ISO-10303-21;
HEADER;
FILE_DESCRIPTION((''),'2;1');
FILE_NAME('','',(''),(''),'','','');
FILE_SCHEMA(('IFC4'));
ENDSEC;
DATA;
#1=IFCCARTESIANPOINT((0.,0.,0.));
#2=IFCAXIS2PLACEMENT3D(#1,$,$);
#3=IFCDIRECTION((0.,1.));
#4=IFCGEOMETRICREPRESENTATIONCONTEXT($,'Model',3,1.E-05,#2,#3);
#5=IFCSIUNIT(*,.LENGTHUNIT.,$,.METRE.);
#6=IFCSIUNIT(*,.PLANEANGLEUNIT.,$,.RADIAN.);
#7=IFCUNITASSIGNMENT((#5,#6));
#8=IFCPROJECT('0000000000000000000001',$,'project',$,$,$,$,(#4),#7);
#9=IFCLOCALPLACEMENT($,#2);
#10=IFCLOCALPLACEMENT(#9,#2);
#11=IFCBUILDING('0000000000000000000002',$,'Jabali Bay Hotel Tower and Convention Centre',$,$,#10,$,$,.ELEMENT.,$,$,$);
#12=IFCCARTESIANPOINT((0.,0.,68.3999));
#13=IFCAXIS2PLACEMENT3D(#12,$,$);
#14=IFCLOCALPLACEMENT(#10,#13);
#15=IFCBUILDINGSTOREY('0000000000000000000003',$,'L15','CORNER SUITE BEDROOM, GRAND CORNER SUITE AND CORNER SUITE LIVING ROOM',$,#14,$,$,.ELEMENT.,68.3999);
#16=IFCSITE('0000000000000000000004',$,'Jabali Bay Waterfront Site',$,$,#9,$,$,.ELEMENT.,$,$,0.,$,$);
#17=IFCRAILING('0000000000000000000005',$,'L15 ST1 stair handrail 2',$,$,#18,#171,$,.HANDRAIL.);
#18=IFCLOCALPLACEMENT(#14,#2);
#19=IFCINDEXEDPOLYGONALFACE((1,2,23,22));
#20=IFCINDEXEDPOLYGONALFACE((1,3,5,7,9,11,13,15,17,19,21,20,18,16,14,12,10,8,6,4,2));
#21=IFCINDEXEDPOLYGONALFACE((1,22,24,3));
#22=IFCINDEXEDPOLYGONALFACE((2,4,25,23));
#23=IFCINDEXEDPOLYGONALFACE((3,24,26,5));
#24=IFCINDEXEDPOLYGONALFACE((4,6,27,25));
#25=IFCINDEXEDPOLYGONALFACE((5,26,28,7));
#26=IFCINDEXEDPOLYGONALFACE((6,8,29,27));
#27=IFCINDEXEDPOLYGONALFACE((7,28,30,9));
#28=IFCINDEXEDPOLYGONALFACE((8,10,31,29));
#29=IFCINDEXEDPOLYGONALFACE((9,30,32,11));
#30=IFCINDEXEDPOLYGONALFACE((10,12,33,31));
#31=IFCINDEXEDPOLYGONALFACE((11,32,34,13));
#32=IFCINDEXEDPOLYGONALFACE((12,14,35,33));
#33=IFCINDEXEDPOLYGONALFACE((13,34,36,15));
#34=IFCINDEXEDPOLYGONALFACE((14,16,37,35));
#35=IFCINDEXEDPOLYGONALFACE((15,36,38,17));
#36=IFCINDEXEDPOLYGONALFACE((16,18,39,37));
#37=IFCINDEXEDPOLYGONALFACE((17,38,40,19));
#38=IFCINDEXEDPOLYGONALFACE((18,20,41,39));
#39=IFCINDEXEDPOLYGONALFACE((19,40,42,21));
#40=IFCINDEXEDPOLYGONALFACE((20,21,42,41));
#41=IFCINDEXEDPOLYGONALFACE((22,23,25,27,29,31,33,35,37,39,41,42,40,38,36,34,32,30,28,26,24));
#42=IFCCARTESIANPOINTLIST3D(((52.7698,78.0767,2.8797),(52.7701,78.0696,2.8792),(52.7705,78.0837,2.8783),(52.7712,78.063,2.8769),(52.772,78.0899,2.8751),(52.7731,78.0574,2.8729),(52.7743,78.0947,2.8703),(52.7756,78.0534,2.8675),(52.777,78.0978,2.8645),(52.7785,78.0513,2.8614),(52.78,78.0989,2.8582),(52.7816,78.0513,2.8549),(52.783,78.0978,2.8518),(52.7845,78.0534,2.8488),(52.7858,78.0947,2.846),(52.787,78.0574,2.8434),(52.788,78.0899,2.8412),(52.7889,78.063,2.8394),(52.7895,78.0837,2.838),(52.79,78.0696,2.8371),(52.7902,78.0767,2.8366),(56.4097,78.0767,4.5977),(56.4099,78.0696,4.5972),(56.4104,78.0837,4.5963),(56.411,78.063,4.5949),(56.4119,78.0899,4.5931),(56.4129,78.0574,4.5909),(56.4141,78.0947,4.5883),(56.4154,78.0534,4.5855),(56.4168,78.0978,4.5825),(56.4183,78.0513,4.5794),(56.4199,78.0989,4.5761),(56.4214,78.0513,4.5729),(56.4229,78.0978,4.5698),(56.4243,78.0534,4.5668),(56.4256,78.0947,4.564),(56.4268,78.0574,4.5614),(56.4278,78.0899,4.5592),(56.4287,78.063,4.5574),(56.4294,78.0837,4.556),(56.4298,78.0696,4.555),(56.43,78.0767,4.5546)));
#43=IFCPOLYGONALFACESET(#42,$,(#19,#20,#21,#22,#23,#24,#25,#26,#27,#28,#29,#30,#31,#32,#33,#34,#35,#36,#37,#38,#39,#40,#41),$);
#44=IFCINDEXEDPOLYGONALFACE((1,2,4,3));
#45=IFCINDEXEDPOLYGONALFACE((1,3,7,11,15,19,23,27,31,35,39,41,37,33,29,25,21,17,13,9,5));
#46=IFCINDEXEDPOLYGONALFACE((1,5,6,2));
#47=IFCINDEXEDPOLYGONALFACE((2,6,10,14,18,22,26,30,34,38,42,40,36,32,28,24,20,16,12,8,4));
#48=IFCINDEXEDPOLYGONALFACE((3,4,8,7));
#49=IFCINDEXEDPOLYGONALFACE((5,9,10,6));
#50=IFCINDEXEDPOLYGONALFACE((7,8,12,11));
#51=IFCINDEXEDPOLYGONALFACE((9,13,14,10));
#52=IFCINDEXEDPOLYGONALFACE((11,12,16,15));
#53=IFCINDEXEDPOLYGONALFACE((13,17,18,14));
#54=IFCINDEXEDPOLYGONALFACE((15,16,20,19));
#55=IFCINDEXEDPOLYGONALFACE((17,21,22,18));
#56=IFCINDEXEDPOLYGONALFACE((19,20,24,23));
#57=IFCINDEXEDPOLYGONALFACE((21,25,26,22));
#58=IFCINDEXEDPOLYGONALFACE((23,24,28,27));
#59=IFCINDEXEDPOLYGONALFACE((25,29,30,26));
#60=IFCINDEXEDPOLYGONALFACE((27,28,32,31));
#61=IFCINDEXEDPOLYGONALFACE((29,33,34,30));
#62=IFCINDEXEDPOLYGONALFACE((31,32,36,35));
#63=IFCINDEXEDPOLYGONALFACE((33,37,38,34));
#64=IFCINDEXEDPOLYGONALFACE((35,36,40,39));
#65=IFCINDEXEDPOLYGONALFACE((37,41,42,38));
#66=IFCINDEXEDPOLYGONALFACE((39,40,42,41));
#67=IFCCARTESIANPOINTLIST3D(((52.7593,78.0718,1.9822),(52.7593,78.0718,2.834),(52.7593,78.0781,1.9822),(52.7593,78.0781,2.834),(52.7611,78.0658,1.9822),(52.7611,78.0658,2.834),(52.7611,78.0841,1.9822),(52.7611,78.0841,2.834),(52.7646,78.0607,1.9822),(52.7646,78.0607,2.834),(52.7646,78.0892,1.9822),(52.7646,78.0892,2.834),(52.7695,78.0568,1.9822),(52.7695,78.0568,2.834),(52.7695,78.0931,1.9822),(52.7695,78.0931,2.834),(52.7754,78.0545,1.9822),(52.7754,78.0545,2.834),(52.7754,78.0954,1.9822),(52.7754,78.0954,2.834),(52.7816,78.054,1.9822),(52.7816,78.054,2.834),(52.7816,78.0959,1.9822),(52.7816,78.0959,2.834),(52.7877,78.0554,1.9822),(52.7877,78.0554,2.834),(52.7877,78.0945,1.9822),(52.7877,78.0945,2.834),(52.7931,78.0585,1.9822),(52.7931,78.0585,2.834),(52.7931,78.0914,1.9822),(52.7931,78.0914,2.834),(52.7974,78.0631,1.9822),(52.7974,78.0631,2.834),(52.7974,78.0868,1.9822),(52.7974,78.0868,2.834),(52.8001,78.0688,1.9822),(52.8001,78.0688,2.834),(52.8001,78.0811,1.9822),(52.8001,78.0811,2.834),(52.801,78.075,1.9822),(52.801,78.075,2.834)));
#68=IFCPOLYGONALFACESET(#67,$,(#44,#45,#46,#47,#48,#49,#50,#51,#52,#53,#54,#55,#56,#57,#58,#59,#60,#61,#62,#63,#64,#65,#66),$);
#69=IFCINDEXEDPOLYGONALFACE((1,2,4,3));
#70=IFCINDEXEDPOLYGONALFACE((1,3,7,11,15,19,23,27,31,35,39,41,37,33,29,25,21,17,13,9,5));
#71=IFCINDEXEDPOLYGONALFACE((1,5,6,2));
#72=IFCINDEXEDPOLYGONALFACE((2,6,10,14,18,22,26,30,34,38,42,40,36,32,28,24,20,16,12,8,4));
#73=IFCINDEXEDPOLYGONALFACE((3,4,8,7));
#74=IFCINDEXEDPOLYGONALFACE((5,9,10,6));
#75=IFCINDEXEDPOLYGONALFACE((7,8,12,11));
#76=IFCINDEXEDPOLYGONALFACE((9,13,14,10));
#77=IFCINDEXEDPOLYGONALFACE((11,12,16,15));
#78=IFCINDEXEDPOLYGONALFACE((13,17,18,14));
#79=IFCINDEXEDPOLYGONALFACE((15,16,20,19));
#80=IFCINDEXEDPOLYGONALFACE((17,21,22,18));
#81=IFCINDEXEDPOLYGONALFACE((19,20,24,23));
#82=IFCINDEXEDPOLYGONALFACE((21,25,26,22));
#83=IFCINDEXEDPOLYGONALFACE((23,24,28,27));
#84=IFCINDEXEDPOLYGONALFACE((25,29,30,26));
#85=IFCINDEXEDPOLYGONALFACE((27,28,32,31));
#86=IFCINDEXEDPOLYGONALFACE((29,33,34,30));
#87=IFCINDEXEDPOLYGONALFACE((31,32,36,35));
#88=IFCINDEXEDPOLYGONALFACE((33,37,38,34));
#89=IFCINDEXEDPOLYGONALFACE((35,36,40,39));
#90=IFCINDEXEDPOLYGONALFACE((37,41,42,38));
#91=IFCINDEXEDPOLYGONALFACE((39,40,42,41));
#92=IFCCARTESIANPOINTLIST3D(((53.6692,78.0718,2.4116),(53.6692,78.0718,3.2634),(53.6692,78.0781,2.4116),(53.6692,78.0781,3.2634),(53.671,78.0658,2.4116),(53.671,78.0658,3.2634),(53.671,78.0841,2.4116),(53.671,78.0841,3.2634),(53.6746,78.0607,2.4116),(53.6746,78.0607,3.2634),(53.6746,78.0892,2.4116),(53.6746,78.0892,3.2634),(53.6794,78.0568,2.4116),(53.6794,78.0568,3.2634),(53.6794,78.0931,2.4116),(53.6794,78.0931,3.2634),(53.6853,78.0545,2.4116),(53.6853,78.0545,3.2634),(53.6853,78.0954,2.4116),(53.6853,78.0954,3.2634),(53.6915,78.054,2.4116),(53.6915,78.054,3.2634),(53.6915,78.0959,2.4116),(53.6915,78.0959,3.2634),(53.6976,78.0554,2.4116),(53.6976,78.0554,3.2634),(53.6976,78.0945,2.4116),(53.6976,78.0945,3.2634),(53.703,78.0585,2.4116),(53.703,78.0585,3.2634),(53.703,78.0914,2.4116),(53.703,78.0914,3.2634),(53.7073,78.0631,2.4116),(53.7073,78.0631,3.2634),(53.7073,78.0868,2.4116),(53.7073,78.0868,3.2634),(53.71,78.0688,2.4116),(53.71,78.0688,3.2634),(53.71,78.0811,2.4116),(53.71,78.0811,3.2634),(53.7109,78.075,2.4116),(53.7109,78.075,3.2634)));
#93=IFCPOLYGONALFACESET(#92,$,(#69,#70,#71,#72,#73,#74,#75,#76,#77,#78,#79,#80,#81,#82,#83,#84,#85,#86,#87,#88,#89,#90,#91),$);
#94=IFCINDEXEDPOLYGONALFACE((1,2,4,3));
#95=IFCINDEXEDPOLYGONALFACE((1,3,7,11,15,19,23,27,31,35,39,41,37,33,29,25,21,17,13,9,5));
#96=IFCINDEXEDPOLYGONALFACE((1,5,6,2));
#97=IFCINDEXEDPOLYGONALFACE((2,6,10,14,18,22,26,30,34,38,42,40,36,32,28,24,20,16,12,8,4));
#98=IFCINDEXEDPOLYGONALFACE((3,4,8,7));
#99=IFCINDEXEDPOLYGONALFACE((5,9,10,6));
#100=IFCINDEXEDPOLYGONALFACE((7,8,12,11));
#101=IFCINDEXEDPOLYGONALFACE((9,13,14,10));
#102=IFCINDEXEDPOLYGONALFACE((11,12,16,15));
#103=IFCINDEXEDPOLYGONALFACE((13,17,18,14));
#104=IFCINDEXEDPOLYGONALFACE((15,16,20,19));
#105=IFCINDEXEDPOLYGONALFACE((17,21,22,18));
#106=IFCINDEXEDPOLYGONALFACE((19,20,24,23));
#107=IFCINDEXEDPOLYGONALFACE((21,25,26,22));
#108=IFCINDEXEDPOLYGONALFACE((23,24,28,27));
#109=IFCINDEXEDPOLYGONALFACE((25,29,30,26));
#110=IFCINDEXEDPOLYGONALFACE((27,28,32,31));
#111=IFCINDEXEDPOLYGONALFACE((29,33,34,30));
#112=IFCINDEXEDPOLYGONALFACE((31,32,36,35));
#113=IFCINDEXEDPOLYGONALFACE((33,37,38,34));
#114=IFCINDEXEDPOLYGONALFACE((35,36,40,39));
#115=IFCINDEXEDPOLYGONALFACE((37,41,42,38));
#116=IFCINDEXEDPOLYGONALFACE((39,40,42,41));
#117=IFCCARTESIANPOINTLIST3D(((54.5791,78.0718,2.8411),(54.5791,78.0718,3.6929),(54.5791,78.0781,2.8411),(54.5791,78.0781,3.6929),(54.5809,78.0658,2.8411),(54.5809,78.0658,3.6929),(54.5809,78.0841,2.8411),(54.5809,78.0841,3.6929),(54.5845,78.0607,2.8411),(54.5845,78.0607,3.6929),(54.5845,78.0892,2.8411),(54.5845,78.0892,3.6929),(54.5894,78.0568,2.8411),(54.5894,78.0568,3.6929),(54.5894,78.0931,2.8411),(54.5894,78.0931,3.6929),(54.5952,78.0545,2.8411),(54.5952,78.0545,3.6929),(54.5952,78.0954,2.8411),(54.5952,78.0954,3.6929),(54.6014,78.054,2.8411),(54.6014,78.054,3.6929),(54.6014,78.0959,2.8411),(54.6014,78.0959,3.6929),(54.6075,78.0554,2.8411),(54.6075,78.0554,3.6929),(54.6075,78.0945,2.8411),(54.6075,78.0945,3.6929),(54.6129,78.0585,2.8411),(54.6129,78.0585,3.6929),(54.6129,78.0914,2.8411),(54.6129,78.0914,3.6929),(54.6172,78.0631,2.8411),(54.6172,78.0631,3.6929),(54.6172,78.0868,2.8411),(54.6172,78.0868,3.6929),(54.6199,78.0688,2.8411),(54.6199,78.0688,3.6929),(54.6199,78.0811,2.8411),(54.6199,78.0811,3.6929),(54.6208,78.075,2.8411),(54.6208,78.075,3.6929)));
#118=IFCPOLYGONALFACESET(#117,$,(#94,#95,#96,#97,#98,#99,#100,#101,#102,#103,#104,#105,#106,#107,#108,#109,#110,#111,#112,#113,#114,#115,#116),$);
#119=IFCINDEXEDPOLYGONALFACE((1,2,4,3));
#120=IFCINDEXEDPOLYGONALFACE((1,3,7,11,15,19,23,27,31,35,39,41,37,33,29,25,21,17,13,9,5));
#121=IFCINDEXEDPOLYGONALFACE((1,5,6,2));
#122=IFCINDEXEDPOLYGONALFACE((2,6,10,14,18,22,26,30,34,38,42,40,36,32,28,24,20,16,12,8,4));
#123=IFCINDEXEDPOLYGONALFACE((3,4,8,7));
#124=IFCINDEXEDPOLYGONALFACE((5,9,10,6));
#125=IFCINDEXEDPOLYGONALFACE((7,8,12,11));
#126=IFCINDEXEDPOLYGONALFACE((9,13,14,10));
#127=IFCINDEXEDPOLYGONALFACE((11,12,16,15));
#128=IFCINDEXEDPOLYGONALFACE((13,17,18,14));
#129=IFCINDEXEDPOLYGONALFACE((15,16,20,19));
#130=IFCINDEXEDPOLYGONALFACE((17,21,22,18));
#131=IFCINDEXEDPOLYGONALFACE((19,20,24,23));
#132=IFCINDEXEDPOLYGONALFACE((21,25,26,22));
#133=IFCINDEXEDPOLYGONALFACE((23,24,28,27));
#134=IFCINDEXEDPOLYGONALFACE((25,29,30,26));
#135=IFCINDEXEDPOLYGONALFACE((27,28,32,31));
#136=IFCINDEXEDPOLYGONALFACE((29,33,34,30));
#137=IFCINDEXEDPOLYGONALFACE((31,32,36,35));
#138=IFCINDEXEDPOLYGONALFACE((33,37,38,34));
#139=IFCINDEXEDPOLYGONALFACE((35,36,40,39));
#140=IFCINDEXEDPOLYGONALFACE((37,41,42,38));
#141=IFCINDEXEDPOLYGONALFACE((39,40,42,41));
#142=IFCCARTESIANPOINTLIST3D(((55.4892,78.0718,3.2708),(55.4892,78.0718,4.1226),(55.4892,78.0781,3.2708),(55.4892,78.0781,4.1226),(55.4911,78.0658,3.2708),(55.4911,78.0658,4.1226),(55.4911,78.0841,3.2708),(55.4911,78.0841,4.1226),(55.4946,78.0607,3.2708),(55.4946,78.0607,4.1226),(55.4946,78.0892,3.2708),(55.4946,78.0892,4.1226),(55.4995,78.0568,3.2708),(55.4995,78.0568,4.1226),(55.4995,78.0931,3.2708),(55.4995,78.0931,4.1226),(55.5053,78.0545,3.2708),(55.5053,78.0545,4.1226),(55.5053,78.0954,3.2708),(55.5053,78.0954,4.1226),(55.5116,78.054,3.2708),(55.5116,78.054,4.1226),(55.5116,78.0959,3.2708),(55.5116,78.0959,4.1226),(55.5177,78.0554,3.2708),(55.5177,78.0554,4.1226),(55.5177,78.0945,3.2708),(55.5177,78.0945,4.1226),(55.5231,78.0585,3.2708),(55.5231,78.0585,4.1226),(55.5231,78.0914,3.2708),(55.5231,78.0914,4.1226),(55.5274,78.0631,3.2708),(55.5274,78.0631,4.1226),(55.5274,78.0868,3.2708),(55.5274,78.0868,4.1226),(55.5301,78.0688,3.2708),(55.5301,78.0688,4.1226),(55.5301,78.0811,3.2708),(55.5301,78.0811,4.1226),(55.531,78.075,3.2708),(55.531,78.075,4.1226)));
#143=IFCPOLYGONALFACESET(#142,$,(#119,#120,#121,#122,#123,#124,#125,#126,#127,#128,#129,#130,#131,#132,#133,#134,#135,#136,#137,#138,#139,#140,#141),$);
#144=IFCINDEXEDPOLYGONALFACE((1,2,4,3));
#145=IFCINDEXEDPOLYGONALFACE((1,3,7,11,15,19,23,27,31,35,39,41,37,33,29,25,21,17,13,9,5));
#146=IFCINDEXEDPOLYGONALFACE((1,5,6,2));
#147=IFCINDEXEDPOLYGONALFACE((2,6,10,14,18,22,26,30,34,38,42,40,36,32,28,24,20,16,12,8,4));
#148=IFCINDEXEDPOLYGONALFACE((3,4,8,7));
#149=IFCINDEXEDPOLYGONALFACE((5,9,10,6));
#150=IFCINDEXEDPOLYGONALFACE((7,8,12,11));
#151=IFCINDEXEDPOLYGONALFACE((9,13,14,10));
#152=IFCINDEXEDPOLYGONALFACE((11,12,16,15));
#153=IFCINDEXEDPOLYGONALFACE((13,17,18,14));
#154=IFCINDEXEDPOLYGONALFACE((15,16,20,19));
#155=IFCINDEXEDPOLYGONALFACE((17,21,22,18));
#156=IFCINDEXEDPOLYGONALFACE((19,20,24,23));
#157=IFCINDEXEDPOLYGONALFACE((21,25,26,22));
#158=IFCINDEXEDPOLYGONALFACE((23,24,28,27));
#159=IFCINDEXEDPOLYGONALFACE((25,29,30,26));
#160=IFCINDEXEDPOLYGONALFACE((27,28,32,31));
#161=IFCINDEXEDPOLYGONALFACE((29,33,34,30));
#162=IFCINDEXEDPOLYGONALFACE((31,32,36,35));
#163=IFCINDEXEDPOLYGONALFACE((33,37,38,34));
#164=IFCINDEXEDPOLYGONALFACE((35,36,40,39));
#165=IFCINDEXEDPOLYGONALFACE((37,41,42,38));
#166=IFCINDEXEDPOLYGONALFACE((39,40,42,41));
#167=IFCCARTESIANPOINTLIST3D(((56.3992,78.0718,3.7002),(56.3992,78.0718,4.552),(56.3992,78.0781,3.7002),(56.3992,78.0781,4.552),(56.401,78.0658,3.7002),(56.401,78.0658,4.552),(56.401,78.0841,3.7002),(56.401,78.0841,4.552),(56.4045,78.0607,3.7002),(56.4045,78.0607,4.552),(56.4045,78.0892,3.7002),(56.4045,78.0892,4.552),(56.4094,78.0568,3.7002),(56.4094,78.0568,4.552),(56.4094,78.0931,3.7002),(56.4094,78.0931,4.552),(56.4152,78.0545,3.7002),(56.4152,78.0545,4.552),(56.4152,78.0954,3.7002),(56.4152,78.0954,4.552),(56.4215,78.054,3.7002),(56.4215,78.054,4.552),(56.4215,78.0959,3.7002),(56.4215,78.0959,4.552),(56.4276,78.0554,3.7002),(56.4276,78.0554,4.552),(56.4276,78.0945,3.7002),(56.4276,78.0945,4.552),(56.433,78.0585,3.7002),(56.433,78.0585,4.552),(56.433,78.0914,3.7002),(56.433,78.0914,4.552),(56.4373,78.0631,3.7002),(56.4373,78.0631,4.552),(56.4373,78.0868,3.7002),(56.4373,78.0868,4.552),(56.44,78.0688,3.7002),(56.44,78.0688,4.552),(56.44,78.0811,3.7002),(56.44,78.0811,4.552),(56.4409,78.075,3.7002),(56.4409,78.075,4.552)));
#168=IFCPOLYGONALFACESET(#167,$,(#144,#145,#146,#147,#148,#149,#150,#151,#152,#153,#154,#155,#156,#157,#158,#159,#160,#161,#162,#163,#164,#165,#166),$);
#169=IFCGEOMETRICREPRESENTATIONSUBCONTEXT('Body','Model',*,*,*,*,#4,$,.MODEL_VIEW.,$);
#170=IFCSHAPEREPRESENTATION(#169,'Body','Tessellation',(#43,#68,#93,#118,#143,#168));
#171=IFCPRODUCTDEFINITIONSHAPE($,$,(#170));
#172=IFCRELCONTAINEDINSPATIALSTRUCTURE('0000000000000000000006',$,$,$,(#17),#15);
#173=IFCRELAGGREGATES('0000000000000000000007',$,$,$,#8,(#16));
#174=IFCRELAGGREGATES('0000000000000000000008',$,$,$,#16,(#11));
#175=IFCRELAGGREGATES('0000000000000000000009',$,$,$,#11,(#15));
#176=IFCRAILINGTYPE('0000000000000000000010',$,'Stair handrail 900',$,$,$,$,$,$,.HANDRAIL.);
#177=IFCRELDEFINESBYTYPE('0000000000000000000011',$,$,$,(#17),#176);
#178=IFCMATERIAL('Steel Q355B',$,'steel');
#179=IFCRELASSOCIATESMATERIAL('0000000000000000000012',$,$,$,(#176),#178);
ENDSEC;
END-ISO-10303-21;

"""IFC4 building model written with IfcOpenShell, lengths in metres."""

from ifc_helpers import new_model, si_unit, direction, frame, origin, origin_2d, place, context, subcontext, project, spatial, circle, extrude, material, type_object, element, save


model = new_model("IFC4")

# Units and contexts
model_context = context("Model", 3, precision=1e-05, world=origin(), true_north=direction((0.0, 1.0)))
body_context = subcontext(model_context, "Body", "Model", "MODEL_VIEW")
ifc_project = project(units=[si_unit("LENGTHUNIT", "METRE"), si_unit("PLANEANGLEUNIT", "RADIAN")], contexts=[model_context])

# Site, building, storey
site_placement = place(None, origin())
site = spatial("IfcSite", under=ifc_project, at=site_placement, Name="Jabali Bay Waterfront Site", CompositionType="ELEMENT", RefElevation=0.0)
building_placement = place(site_placement, origin())
building = spatial("IfcBuilding", under=site, at=building_placement, Name="Jabali Bay Hotel Tower and Convention Centre", CompositionType="ELEMENT")
storey_placement = place(building_placement, frame((0.0, 0.0, 68.3999)))
storey = spatial("IfcBuildingStorey", under=building, at=storey_placement, Name="L15", Description="CORNER SUITE BEDROOM, GRAND CORNER SUITE AND CORNER SUITE LIVING ROOM", CompositionType="ELEMENT", Elevation=68.3999)

# Railing
ifc_material_1 = material(Name="Steel Q355B", Category="steel")
railing_type = type_object("IfcRailingType", Name="Stair handrail 900", PredefinedType="HANDRAIL", material=ifc_material_1)
railing_placement = place(storey_placement, frame((52.78, 78.075, 1.9822)))
element("IfcRailing", 1, at=railing_placement, inside=storey, type_object=railing_type, Name="L15 ST1 stair handrail 2", PredefinedType="HANDRAIL", context=body_context, shape_type="SweptSolid", body=[
    extrude(circle(Radius=0.0239, at=origin_2d()), frame((0.0, 0.0, 0.876), z_axis=(0.904327, 0.0, 0.42684), x_axis=(0.0, 1.0, 0.0)), (0.0, 0.0, 1.0), 4.0249),
    extrude(circle(Radius=0.021, at=origin_2d()), origin(), (0.0, 0.0, 1.0), 0.8518),
    extrude(circle(Radius=0.021, at=origin_2d()), frame((0.9099, 0.0, 0.4294)), (0.0, 0.0, 1.0), 0.8518),
    extrude(circle(Radius=0.021, at=origin_2d()), frame((1.8198, 0.0, 0.8589)), (0.0, 0.0, 1.0), 0.8518),
    extrude(circle(Radius=0.021, at=origin_2d()), frame((2.73, 0.0, 1.2886)), (0.0, 0.0, 1.0), 0.8518),
    extrude(circle(Radius=0.021, at=origin_2d()), frame((3.6399, 0.0, 1.718)), (0.0, 0.0, 1.0), 0.8518),
])

save(model, "model.ifc")
